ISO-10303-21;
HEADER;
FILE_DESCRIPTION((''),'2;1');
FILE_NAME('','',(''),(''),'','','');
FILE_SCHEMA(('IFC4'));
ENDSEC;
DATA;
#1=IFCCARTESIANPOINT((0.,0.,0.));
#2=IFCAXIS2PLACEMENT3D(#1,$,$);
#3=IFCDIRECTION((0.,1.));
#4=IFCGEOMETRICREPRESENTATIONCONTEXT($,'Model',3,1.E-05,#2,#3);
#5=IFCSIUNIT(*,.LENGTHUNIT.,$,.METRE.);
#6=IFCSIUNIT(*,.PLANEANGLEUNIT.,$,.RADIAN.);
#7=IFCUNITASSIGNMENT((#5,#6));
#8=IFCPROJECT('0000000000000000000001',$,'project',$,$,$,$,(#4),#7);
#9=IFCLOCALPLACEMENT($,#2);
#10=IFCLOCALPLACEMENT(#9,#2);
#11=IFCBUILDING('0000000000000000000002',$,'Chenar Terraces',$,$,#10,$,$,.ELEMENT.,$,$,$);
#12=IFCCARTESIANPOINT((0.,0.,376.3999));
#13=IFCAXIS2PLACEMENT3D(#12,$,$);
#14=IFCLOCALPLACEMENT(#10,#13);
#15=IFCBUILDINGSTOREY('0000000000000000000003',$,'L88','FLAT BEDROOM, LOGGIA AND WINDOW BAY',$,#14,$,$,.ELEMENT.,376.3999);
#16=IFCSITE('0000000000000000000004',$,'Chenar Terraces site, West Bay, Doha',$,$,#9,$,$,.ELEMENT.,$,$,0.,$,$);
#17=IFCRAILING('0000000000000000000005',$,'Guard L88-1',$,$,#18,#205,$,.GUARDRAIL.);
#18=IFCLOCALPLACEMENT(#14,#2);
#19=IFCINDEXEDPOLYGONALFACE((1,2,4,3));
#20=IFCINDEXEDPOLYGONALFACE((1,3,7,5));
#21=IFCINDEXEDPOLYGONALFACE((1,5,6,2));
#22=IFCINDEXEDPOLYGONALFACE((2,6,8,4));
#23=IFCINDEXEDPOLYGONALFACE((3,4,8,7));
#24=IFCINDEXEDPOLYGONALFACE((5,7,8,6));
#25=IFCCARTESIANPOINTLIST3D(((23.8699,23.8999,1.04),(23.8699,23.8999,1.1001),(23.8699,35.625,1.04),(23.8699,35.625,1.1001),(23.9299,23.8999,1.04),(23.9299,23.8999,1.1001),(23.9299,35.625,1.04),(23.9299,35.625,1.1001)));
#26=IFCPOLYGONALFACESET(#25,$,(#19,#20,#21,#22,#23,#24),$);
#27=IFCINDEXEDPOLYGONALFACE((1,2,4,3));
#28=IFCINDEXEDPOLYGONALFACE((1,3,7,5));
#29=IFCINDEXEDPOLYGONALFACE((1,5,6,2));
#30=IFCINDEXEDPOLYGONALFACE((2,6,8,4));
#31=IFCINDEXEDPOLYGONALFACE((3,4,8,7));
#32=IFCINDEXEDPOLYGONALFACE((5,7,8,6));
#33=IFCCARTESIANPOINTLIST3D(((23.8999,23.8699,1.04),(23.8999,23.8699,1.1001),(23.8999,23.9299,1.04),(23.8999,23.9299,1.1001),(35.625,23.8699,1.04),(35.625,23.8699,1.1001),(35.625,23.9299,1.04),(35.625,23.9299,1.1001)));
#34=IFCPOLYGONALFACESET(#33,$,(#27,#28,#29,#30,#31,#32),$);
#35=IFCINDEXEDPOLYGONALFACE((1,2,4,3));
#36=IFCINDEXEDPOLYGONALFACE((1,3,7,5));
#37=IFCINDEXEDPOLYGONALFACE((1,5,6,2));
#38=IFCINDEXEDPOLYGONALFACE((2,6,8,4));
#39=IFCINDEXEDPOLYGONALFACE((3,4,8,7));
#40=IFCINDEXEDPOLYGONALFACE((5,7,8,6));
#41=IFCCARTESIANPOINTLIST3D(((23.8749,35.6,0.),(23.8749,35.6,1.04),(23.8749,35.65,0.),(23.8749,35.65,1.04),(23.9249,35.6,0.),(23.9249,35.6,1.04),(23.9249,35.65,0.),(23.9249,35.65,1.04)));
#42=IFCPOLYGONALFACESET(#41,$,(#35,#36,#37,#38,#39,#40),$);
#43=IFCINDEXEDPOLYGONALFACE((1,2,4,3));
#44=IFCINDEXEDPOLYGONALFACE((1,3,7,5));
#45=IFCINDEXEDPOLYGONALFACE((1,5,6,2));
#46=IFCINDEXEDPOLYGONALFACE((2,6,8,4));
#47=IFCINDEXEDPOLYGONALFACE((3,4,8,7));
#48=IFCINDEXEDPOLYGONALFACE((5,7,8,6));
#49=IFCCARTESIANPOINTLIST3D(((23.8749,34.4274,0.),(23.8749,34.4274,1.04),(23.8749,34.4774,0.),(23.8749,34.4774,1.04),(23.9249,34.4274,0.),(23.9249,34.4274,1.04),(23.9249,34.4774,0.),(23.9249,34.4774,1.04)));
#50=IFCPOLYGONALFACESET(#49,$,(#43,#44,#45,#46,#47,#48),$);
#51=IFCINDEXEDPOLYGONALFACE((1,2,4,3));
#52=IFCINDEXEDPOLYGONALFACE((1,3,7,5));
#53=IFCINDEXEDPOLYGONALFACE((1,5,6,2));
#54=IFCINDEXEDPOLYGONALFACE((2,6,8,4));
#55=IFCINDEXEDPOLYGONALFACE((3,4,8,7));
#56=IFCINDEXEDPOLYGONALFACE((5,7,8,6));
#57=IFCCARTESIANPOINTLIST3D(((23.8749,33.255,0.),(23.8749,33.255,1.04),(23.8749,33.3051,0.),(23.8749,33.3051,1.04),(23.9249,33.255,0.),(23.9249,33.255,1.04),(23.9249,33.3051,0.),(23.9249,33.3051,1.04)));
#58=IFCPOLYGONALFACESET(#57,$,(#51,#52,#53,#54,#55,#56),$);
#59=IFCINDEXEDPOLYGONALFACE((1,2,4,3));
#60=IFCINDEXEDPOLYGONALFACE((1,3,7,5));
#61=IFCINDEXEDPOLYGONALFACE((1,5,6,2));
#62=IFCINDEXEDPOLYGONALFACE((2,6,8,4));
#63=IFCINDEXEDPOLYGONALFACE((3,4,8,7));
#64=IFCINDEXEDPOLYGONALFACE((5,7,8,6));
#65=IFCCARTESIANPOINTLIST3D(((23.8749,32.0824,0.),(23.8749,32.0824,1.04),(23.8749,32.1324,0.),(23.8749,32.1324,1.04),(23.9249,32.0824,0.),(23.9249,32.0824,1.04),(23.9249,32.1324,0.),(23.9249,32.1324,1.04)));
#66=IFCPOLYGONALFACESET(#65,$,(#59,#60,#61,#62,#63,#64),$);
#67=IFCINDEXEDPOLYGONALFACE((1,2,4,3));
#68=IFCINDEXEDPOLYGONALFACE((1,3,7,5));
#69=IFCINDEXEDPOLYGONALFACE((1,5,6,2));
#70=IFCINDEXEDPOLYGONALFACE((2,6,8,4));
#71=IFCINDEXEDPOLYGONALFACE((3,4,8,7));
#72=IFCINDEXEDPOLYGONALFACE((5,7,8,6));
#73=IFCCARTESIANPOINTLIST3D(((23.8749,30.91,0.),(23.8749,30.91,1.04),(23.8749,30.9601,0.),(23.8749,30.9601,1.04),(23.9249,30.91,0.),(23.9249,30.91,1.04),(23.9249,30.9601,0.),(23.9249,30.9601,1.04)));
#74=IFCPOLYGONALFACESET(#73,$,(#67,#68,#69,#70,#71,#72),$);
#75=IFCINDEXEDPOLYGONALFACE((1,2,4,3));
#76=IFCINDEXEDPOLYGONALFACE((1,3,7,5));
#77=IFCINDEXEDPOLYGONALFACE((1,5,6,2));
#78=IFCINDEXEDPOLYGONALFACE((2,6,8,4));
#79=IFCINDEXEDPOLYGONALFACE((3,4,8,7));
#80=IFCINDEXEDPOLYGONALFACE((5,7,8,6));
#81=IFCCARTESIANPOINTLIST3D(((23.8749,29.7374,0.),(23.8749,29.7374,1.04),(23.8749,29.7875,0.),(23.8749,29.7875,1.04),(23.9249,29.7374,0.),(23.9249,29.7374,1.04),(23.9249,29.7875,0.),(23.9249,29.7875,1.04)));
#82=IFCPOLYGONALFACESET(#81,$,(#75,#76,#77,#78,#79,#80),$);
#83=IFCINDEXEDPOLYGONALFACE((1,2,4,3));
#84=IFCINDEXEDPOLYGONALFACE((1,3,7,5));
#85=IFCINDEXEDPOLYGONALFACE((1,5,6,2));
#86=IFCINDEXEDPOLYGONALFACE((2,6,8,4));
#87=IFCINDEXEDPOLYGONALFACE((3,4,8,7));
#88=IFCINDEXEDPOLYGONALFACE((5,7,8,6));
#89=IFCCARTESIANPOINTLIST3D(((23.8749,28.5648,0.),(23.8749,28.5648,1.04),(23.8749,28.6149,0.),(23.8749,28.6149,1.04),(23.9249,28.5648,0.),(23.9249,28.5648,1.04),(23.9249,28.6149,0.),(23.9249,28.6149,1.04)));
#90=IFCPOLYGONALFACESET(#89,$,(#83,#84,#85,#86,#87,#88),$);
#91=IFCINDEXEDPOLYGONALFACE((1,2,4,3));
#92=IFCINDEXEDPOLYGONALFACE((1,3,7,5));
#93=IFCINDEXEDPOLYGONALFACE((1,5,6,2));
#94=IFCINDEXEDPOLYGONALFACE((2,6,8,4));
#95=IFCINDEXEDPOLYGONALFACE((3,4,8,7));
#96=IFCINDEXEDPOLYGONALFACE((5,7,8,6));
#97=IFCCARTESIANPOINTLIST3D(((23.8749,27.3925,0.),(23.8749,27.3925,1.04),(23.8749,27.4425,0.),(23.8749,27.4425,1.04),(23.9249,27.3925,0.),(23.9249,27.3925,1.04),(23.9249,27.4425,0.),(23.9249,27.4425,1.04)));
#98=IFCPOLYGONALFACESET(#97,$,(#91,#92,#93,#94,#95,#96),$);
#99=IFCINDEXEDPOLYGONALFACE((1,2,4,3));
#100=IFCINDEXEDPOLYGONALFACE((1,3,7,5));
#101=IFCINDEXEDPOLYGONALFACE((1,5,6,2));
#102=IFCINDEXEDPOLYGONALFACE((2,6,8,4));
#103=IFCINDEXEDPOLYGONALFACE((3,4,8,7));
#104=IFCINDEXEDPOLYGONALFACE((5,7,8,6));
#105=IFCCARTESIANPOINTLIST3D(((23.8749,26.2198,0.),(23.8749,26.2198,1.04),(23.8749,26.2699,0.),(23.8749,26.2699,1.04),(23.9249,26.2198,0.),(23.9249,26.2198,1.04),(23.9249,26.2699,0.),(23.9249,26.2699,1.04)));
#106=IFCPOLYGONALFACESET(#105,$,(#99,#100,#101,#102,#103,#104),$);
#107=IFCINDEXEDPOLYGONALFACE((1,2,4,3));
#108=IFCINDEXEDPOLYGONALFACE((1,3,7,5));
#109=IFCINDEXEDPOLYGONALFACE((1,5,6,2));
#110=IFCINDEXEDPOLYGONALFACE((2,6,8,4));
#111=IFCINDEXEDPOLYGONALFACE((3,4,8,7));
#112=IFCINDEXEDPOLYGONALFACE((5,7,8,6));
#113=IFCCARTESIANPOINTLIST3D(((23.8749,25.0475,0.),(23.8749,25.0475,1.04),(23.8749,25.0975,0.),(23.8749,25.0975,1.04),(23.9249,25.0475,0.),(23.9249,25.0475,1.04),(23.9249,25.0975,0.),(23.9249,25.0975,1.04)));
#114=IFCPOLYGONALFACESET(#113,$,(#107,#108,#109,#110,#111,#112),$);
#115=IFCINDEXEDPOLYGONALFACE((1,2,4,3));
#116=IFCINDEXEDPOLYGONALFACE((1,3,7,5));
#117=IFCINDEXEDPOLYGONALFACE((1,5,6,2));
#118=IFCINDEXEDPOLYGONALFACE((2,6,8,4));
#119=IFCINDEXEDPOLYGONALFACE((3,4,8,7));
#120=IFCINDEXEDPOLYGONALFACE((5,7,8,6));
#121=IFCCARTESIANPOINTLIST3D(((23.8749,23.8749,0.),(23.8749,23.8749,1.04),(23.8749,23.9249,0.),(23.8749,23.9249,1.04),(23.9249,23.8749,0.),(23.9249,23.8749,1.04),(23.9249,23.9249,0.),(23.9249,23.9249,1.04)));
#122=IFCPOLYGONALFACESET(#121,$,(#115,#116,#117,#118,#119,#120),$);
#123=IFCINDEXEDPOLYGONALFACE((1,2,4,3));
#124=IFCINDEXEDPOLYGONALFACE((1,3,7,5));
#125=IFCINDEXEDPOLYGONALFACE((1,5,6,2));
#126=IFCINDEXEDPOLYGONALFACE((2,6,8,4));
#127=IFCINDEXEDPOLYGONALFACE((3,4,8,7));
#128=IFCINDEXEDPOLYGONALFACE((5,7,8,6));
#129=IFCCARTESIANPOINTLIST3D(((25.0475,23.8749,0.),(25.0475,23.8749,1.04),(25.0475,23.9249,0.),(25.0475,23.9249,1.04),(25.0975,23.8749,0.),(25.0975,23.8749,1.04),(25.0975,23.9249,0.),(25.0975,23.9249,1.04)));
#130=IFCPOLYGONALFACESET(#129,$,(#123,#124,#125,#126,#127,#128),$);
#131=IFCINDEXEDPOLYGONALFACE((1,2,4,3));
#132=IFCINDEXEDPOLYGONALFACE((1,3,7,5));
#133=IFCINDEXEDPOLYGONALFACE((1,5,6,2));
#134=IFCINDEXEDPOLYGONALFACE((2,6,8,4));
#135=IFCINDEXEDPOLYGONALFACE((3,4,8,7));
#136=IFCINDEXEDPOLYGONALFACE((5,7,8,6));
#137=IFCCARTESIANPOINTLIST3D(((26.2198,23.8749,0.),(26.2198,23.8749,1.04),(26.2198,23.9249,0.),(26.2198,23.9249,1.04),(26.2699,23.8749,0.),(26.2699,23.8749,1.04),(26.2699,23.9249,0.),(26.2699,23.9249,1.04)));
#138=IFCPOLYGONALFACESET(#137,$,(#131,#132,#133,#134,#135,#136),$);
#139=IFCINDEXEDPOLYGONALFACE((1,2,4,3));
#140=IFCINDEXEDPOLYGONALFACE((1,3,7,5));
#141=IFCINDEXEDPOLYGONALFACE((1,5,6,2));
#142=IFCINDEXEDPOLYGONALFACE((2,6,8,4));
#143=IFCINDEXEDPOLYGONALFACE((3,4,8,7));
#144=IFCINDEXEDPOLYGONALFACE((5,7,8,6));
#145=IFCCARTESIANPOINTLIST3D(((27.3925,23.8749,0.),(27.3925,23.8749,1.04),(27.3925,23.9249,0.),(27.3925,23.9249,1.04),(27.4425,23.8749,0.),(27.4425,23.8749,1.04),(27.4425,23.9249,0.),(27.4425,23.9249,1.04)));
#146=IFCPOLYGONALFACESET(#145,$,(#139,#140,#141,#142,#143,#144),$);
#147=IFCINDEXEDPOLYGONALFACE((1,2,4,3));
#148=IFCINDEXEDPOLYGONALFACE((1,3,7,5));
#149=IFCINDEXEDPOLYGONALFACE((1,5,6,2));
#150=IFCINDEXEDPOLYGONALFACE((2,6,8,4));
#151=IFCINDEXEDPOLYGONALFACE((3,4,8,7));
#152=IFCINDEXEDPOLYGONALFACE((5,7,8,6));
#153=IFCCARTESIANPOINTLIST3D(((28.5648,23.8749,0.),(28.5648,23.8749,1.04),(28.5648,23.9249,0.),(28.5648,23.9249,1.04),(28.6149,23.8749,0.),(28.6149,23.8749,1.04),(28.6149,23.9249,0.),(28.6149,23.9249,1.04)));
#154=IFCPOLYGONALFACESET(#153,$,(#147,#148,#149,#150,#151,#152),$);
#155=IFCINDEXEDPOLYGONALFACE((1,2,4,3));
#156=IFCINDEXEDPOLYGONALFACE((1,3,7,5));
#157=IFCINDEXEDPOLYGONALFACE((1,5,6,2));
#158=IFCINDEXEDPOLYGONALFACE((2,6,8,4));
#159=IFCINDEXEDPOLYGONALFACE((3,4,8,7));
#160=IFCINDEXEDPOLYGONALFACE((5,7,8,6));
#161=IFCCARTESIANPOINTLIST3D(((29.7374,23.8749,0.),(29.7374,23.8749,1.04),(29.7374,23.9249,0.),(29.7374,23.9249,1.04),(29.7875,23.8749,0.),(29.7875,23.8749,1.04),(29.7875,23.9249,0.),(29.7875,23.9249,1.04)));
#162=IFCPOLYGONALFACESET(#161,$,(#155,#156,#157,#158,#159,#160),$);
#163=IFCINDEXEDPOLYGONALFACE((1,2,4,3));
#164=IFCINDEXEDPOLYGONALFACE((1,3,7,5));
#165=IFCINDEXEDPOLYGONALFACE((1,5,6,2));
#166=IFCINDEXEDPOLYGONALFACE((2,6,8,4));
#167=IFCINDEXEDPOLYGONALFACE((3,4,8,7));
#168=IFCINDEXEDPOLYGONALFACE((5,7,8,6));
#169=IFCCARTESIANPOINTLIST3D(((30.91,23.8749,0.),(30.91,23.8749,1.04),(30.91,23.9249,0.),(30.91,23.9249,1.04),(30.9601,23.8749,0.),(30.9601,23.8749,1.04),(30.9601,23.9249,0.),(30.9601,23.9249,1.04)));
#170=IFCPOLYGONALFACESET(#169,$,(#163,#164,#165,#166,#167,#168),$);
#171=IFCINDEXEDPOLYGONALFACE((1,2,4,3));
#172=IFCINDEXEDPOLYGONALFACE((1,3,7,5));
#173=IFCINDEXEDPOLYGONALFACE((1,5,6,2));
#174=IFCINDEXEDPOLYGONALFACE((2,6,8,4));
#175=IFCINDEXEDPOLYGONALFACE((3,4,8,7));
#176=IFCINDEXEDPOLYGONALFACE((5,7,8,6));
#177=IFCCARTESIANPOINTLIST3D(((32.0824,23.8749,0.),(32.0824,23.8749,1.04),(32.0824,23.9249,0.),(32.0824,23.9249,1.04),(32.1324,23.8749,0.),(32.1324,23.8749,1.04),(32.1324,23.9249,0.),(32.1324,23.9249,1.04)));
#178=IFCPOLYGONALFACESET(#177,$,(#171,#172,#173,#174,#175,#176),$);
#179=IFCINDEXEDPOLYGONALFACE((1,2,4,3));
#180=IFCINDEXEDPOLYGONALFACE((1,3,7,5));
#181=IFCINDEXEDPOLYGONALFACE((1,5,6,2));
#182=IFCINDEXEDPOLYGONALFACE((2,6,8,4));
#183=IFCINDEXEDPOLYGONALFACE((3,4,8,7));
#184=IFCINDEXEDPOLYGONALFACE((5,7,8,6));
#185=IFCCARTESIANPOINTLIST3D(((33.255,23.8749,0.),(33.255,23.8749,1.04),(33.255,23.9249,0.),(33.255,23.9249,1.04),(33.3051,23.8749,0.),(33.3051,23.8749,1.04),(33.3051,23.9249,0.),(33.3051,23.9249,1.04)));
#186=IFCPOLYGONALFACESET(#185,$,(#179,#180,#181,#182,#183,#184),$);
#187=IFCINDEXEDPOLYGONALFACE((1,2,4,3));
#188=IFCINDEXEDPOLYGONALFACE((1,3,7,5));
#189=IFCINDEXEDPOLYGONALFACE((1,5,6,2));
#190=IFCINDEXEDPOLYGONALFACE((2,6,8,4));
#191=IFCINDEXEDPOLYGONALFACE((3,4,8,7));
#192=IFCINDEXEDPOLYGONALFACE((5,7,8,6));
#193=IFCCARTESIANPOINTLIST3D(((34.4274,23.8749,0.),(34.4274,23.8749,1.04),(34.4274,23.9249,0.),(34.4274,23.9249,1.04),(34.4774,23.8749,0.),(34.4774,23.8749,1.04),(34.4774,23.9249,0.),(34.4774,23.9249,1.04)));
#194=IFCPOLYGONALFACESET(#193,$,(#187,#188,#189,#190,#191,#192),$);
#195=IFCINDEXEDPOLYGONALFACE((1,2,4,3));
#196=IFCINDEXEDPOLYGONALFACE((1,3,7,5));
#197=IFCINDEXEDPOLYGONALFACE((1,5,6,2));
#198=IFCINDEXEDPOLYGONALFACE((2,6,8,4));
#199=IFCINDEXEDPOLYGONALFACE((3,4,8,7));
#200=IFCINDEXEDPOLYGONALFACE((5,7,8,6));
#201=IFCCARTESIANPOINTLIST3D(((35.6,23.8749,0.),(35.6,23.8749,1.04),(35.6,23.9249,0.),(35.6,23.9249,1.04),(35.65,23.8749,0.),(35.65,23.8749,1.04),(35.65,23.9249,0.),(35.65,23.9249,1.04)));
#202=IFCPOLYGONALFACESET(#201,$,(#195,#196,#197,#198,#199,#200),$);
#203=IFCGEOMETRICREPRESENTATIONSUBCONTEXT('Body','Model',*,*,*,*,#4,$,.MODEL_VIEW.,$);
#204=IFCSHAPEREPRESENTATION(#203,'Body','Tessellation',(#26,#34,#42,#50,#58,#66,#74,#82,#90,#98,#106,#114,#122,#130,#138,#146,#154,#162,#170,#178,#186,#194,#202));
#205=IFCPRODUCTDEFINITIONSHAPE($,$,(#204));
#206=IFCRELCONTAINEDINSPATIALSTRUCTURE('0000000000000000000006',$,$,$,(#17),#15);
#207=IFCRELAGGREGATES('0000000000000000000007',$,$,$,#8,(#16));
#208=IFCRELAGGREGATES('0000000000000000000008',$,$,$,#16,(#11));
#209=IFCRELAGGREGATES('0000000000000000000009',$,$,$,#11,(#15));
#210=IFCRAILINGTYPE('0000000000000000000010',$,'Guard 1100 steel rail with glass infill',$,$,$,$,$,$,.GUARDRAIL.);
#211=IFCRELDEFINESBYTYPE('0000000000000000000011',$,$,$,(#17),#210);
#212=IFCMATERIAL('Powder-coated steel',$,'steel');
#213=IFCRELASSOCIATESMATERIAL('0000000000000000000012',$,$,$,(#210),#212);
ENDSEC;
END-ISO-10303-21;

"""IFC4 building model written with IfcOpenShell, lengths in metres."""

from ifc_helpers import new_model, si_unit, direction, frame, origin, origin_2d, place, context, subcontext, project, spatial, rectangle, extrude, material, type_object, element, save


model = new_model("IFC4")

# Units and contexts
model_context = context("Model", 3, precision=1e-05, world=origin(), true_north=direction((0.0, 1.0)))
body_context = subcontext(model_context, "Body", "Model", "MODEL_VIEW")
ifc_project = project(units=[si_unit("LENGTHUNIT", "METRE"), si_unit("PLANEANGLEUNIT", "RADIAN")], contexts=[model_context])

# Site, building, storey
site_placement = place(None, origin())
site = spatial("IfcSite", under=ifc_project, at=site_placement, Name="Chenar Terraces site, West Bay, Doha", CompositionType="ELEMENT", RefElevation=0.0)
building_placement = place(site_placement, origin())
building = spatial("IfcBuilding", under=site, at=building_placement, Name="Chenar Terraces", CompositionType="ELEMENT")
storey_placement = place(building_placement, frame((0.0, 0.0, 376.3999)))
storey = spatial("IfcBuildingStorey", under=building, at=storey_placement, Name="L88", Description="FLAT BEDROOM, LOGGIA AND WINDOW BAY", CompositionType="ELEMENT", Elevation=376.3999)

# Railing
ifc_material_1 = material(Name="Powder-coated steel", Category="steel")
railing_type = type_object("IfcRailingType", Name="Guard 1100 steel rail with glass infill", PredefinedType="GUARDRAIL", material=ifc_material_1)
railing_placement = place(storey_placement, frame((23.8999, 35.625, 0.0)))
element("IfcRailing", 1, at=railing_placement, inside=storey, type_object=railing_type, Name="Guard L88-1", PredefinedType="GUARDRAIL", context=body_context, shape_type="SweptSolid", body=[
    extrude(rectangle(XDim=0.0601, YDim=0.0601, at=origin_2d()), frame((0.0, 0.0, 1.0701), z_axis=(0.0, -1.0, 0.0), x_axis=(1.0, 0.0, 0.0)), (0.0, 0.0, 1.0), 11.7251),
    extrude(rectangle(XDim=0.0601, YDim=0.0601, at=origin_2d()), frame((0.0, -11.7251, 1.0701), z_axis=(1.0, 0.0, 0.0), x_axis=(0.0, 1.0, 0.0)), (0.0, 0.0, 1.0), 11.7251),
    extrude(rectangle(XDim=0.05, YDim=0.05, at=origin_2d()), origin(), (0.0, 0.0, 1.0), 1.04),
    extrude(rectangle(XDim=0.05, YDim=0.05, at=origin_2d()), frame((0.0, -1.1726, 0.0)), (0.0, 0.0, 1.0), 1.04),
    extrude(rectangle(XDim=0.05, YDim=0.05, at=origin_2d()), frame((0.0, -2.345, 0.0)), (0.0, 0.0, 1.0), 1.04),
    extrude(rectangle(XDim=0.05, YDim=0.05, at=origin_2d()), frame((0.0, -3.5176, 0.0)), (0.0, 0.0, 1.0), 1.04),
    extrude(rectangle(XDim=0.05, YDim=0.05, at=origin_2d()), frame((0.0, -4.6899, 0.0)), (0.0, 0.0, 1.0), 1.04),
    extrude(rectangle(XDim=0.05, YDim=0.05, at=origin_2d()), frame((0.0, -5.8625, 0.0)), (0.0, 0.0, 1.0), 1.04),
    extrude(rectangle(XDim=0.05, YDim=0.05, at=origin_2d()), frame((0.0, -7.0352, 0.0)), (0.0, 0.0, 1.0), 1.04),
    extrude(rectangle(XDim=0.05, YDim=0.05, at=origin_2d()), frame((0.0, -8.2075, 0.0)), (0.0, 0.0, 1.0), 1.04),
    extrude(rectangle(XDim=0.05, YDim=0.05, at=origin_2d()), frame((0.0, -9.3801, 0.0)), (0.0, 0.0, 1.0), 1.04),
    extrude(rectangle(XDim=0.05, YDim=0.05, at=origin_2d()), frame((0.0, -10.5525, 0.0)), (0.0, 0.0, 1.0), 1.04),
    extrude(rectangle(XDim=0.05, YDim=0.05, at=origin_2d()), frame((0.0, -11.7251, 0.0)), (0.0, 0.0, 1.0), 1.04),
    extrude(rectangle(XDim=0.05, YDim=0.05, at=origin_2d()), frame((1.1726, -11.7251, 0.0)), (0.0, 0.0, 1.0), 1.04),
    extrude(rectangle(XDim=0.05, YDim=0.05, at=origin_2d()), frame((2.345, -11.7251, 0.0)), (0.0, 0.0, 1.0), 1.04),
    extrude(rectangle(XDim=0.05, YDim=0.05, at=origin_2d()), frame((3.5176, -11.7251, 0.0)), (0.0, 0.0, 1.0), 1.04),
    extrude(rectangle(XDim=0.05, YDim=0.05, at=origin_2d()), frame((4.6899, -11.7251, 0.0)), (0.0, 0.0, 1.0), 1.04),
    extrude(rectangle(XDim=0.05, YDim=0.05, at=origin_2d()), frame((5.8625, -11.7251, 0.0)), (0.0, 0.0, 1.0), 1.04),
    extrude(rectangle(XDim=0.05, YDim=0.05, at=origin_2d()), frame((7.0352, -11.7251, 0.0)), (0.0, 0.0, 1.0), 1.04),
    extrude(rectangle(XDim=0.05, YDim=0.05, at=origin_2d()), frame((8.2075, -11.7251, 0.0)), (0.0, 0.0, 1.0), 1.04),
    extrude(rectangle(XDim=0.05, YDim=0.05, at=origin_2d()), frame((9.3801, -11.7251, 0.0)), (0.0, 0.0, 1.0), 1.04),
    extrude(rectangle(XDim=0.05, YDim=0.05, at=origin_2d()), frame((10.5525, -11.7251, 0.0)), (0.0, 0.0, 1.0), 1.04),
    extrude(rectangle(XDim=0.05, YDim=0.05, at=origin_2d()), frame((11.7251, -11.7251, 0.0)), (0.0, 0.0, 1.0), 1.04),
])

save(model, "model.ifc")
